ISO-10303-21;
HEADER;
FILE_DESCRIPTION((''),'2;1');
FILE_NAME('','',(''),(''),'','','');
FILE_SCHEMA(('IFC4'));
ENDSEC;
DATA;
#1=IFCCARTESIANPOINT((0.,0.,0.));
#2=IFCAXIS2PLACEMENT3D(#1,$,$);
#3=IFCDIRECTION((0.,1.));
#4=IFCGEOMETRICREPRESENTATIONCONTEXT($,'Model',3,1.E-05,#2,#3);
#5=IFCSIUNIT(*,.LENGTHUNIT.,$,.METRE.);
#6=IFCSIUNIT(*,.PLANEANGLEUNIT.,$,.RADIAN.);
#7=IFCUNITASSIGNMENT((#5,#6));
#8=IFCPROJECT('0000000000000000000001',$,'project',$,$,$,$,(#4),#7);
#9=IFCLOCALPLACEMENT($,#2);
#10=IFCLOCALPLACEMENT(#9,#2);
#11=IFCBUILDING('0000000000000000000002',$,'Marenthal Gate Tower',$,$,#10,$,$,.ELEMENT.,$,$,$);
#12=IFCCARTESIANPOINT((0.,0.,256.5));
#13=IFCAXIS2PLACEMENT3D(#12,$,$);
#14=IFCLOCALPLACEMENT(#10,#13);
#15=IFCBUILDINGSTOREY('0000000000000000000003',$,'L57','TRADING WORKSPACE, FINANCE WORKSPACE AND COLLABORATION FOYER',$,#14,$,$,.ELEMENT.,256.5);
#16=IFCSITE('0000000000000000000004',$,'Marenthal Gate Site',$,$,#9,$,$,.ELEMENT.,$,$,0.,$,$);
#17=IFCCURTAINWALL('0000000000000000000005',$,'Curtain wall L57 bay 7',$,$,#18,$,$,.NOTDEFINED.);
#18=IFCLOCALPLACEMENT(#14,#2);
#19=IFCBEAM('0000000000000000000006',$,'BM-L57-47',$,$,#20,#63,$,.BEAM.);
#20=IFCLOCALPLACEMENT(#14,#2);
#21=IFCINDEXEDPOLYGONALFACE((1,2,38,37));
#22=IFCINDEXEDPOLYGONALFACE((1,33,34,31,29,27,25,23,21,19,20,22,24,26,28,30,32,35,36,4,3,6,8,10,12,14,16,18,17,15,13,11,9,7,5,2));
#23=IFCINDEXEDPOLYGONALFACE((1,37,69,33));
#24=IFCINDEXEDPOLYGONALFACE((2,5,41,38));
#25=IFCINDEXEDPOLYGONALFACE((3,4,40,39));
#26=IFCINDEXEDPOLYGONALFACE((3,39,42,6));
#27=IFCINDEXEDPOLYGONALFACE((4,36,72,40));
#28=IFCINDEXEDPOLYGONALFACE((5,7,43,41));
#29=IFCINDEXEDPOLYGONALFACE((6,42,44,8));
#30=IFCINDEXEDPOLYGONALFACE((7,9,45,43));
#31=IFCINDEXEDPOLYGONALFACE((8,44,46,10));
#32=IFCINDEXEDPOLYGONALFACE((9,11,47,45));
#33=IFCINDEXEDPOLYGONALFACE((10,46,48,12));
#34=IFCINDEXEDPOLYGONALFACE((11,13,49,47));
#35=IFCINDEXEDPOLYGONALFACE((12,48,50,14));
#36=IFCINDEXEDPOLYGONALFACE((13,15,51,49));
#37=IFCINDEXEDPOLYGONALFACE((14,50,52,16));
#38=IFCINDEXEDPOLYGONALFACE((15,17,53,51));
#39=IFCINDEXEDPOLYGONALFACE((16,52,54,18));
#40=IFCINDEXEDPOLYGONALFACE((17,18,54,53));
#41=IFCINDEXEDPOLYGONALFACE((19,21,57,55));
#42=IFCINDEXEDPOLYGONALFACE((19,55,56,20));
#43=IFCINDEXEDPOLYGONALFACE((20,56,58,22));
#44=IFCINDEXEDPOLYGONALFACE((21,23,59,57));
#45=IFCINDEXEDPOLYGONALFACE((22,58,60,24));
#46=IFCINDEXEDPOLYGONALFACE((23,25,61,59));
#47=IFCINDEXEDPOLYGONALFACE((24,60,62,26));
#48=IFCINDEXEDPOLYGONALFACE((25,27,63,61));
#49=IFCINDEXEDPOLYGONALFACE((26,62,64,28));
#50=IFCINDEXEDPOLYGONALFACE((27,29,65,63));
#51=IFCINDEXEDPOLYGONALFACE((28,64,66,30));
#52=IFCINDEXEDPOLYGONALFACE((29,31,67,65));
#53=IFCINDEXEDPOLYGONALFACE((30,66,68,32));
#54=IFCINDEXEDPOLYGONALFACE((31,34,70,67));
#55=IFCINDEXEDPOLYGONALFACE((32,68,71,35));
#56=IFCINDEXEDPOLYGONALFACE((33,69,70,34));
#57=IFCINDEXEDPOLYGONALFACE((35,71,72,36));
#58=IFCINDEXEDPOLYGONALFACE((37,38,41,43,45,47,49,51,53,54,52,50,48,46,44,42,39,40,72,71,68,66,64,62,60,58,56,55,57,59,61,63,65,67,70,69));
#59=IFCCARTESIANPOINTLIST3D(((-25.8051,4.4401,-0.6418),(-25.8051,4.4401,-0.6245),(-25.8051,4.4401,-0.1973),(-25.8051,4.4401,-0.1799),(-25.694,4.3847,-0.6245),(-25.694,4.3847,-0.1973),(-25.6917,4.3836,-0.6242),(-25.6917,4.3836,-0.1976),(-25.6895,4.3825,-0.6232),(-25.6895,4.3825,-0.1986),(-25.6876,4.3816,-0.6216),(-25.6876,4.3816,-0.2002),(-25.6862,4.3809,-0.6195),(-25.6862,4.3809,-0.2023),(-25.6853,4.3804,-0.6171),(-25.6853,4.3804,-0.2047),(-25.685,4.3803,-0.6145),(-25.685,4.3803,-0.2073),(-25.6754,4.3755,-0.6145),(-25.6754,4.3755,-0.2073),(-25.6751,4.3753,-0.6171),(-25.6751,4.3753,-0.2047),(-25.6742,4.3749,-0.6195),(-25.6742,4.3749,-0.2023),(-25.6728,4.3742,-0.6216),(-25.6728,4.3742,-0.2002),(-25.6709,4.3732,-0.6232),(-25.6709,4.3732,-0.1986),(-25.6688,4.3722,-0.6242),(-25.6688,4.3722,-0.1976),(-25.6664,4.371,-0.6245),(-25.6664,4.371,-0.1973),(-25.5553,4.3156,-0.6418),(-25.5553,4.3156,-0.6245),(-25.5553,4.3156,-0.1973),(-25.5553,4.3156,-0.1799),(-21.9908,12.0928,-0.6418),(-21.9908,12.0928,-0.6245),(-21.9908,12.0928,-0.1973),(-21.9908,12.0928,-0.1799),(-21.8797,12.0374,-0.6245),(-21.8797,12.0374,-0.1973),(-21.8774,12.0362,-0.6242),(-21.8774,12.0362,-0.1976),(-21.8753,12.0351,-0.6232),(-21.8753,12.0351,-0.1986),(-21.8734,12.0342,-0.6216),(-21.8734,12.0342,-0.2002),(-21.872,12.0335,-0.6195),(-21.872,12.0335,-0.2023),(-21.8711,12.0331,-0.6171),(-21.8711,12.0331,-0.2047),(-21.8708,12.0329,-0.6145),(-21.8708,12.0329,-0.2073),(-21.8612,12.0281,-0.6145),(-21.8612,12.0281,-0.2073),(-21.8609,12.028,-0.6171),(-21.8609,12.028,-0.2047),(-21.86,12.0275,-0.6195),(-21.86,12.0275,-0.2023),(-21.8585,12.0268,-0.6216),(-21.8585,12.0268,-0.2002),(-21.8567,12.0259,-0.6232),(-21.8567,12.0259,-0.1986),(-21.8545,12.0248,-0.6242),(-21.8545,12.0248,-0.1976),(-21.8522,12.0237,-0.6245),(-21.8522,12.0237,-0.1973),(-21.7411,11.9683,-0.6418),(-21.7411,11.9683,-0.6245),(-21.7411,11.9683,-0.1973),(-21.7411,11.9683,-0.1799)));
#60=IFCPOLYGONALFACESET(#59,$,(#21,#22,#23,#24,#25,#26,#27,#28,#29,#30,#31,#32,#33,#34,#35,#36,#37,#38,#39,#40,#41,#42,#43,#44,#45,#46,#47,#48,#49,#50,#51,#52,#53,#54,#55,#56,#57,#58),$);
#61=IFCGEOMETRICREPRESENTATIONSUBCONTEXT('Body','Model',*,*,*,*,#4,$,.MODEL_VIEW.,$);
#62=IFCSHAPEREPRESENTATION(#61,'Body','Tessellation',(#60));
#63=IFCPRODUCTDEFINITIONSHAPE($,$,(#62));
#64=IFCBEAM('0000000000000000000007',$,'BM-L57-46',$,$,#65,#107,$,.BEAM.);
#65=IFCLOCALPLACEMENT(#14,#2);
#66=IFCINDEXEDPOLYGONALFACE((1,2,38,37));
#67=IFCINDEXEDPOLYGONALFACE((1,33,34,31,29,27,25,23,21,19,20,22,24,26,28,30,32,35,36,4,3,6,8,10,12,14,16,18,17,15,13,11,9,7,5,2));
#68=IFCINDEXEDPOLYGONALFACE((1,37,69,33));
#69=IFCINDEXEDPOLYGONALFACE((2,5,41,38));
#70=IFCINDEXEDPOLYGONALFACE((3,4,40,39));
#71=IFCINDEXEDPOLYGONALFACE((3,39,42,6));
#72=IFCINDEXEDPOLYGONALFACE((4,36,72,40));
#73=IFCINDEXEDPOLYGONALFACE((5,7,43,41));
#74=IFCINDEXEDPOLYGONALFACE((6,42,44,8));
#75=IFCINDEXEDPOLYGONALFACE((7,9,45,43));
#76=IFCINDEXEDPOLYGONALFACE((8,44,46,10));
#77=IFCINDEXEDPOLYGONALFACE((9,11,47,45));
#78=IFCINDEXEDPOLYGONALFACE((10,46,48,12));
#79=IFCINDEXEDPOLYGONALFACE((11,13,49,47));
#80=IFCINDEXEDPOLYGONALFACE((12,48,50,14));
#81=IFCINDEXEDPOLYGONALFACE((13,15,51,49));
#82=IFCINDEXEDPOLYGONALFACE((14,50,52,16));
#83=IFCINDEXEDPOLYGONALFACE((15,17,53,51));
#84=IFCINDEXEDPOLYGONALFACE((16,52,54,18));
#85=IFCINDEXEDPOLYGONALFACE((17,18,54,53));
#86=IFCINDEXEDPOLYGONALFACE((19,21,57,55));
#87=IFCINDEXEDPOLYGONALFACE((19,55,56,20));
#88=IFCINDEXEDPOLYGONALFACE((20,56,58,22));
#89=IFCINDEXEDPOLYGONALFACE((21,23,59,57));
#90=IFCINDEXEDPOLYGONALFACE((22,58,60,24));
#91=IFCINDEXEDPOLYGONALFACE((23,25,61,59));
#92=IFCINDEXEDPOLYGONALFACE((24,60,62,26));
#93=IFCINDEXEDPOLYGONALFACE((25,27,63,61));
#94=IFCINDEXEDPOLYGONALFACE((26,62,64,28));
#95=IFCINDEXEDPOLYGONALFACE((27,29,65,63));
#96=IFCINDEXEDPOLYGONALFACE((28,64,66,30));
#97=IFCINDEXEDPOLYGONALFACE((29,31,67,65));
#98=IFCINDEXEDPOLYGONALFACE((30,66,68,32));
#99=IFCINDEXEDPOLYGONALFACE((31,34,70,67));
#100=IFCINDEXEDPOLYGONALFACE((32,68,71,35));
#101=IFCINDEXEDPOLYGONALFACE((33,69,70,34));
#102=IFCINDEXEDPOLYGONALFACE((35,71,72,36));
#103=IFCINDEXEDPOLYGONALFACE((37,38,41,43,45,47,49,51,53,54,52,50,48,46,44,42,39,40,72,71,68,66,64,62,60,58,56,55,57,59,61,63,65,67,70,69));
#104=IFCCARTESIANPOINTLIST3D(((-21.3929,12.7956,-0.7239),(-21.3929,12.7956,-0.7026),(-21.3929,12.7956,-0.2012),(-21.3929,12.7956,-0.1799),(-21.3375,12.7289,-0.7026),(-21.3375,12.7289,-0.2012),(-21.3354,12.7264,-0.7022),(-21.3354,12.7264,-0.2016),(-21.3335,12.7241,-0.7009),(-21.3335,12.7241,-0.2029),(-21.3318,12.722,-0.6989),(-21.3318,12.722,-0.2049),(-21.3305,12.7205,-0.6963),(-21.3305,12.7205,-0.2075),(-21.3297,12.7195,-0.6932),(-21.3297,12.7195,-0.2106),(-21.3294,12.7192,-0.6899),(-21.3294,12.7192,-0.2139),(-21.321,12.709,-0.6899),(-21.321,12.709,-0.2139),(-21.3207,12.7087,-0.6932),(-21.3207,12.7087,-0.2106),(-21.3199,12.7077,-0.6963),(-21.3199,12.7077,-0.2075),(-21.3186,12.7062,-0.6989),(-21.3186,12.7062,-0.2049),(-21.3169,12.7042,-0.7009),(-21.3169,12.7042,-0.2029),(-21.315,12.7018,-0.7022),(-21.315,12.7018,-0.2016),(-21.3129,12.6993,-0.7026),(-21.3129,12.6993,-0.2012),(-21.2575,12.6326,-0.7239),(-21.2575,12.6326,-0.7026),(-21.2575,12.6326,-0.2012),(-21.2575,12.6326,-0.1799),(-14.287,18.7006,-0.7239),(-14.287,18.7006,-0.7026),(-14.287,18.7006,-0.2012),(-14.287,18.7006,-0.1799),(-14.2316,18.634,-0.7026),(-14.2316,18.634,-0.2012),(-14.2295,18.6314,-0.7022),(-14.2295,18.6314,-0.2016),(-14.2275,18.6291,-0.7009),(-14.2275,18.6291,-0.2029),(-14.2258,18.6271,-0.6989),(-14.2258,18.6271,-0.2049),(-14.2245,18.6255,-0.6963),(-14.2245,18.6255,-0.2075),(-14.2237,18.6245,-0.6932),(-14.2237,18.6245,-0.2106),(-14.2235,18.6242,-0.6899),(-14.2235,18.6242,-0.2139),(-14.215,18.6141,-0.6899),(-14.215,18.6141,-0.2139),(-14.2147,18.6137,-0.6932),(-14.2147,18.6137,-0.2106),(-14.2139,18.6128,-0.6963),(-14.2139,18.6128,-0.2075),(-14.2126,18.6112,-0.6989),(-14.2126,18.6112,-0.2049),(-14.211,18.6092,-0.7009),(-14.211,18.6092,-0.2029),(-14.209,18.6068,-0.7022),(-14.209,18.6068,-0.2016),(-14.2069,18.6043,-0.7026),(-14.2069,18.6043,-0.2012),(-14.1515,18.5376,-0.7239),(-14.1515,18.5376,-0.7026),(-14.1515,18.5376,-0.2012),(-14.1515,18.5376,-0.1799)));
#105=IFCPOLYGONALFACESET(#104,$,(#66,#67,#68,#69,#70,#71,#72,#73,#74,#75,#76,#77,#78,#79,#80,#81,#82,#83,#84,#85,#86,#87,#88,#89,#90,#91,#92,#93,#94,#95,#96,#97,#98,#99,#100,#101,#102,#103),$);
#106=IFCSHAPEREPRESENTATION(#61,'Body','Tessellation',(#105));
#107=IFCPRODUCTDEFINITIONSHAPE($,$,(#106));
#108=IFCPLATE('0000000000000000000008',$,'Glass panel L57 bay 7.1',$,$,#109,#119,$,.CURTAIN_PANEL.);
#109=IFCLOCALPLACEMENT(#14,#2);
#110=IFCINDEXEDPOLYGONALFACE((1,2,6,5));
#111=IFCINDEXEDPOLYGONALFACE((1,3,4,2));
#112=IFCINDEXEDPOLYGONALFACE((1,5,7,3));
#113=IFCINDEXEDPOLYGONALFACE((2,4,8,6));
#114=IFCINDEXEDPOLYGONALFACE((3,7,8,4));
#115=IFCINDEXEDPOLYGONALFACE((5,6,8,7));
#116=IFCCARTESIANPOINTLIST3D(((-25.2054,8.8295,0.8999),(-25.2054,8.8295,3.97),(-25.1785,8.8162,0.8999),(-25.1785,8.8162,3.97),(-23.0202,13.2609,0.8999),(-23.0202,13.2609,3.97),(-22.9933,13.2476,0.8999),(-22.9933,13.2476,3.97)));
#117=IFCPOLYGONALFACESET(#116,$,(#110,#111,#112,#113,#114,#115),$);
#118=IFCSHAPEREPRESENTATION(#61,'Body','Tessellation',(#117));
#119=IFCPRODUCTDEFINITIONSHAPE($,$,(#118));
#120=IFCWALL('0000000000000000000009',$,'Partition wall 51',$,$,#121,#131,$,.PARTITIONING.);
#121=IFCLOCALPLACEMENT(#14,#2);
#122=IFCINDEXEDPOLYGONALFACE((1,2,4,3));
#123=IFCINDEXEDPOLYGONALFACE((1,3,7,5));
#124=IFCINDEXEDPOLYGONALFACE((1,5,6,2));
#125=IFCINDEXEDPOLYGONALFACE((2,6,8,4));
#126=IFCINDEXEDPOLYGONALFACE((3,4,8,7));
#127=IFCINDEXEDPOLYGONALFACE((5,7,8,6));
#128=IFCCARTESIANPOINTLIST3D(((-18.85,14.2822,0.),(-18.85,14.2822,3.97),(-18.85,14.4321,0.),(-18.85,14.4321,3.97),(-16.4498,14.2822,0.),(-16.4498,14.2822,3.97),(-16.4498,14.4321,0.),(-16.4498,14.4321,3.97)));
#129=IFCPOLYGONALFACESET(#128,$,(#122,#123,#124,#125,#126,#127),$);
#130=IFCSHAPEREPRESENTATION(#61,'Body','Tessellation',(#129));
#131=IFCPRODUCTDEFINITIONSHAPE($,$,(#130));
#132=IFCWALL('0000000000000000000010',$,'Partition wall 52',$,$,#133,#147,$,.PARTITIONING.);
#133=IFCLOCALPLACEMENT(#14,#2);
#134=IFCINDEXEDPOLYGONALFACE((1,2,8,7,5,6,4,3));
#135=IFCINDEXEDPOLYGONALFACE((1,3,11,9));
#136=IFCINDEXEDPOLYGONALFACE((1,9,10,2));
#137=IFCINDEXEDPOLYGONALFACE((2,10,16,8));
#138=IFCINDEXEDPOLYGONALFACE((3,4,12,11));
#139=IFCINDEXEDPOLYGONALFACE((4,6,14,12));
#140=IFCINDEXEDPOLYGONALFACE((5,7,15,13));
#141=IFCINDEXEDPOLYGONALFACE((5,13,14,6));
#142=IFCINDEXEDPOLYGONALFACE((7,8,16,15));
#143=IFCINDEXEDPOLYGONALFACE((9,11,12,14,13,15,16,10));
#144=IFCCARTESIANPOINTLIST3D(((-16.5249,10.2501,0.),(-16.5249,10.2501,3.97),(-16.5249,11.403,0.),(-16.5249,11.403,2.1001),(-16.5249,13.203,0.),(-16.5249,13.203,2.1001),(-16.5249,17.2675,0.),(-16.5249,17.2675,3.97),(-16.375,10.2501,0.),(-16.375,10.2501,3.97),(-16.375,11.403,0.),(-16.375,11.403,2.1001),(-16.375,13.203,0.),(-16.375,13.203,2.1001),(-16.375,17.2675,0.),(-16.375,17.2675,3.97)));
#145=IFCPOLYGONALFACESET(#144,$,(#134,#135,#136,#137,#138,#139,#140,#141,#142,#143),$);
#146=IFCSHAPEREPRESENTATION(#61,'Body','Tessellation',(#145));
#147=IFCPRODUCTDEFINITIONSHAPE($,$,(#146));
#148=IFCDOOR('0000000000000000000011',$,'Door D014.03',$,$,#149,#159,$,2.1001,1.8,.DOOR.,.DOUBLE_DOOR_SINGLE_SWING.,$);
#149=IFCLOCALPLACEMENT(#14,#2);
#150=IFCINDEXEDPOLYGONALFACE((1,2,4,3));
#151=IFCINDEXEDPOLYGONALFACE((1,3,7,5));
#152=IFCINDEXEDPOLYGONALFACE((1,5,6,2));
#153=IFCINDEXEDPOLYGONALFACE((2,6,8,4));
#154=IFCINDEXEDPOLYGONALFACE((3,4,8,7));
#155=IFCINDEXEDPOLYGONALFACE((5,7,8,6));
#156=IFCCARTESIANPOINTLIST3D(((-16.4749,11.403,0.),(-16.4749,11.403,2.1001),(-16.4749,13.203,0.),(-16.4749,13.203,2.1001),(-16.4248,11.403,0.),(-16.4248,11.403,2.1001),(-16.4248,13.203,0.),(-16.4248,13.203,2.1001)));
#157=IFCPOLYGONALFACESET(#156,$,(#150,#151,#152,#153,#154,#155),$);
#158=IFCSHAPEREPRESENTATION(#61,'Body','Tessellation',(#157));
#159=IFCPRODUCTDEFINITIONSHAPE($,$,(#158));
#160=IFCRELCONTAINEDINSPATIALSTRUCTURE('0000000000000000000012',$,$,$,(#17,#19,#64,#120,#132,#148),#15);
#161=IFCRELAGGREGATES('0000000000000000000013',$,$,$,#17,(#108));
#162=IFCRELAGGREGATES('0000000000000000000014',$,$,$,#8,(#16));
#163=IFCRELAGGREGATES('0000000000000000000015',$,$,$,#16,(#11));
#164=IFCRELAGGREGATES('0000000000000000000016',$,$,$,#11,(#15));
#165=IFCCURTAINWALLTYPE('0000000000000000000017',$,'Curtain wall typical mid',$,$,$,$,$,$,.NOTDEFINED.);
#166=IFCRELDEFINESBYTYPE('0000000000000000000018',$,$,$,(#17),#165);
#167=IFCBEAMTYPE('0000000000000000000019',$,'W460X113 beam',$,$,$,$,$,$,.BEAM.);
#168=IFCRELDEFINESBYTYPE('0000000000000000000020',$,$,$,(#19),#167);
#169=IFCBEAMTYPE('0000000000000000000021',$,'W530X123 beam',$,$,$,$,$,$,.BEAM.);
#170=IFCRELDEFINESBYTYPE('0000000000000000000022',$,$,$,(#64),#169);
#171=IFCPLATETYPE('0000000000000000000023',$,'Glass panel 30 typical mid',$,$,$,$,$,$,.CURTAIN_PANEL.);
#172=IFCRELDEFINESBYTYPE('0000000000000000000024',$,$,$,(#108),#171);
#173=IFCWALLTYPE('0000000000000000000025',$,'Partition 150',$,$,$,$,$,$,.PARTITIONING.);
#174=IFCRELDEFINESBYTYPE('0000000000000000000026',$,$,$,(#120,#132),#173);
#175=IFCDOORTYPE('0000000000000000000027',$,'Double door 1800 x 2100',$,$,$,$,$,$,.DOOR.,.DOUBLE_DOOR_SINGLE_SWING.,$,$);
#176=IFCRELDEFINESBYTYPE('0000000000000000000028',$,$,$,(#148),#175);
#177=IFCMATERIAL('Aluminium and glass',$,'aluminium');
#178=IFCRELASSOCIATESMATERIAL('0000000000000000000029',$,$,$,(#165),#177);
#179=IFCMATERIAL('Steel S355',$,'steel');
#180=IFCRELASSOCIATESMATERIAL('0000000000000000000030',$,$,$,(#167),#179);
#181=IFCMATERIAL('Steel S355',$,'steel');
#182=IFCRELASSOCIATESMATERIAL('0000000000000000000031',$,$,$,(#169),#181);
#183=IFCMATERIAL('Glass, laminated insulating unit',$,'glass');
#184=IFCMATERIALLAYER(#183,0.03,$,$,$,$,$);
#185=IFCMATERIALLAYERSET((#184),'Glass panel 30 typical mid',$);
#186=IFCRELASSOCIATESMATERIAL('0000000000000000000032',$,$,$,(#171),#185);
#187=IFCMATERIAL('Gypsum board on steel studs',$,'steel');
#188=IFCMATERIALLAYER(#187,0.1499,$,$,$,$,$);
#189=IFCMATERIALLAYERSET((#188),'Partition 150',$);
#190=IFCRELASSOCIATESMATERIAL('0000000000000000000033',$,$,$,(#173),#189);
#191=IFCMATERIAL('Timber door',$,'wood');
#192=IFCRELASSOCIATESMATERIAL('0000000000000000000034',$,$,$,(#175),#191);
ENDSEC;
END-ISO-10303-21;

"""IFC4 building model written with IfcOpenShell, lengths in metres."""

from ifc_helpers import new_model, si_unit, direction, frame, frame_2d, origin, origin_2d, place, context, subcontext, project, spatial, rectangle, i_section, extrude, material, layer, layer_set, material_profile, profile_set, type_object, element, fill, aggregate, save


model = new_model("IFC4")

# Units and contexts
model_context = context("Model", 3, precision=1e-05, world=origin(), true_north=direction((0.0, 1.0)))
body_context = subcontext(model_context, "Body", "Model", "MODEL_VIEW")
ifc_project = project(units=[si_unit("LENGTHUNIT", "METRE"), si_unit("PLANEANGLEUNIT", "RADIAN")], contexts=[model_context])

# Site, building, storey
site_placement = place(None, origin())
site = spatial("IfcSite", under=ifc_project, at=site_placement, Name="Marenthal Gate Site", CompositionType="ELEMENT", RefElevation=0.0)
building_placement = place(site_placement, origin())
building = spatial("IfcBuilding", under=site, at=building_placement, Name="Marenthal Gate Tower", CompositionType="ELEMENT")
storey_placement = place(building_placement, frame((0.0, 0.0, 256.5)))
storey = spatial("IfcBuildingStorey", under=building, at=storey_placement, Name="L57", Description="TRADING WORKSPACE, FINANCE WORKSPACE AND COLLABORATION FOYER", CompositionType="ELEMENT", Elevation=256.5)

# Shared definitions
ifc_material_1 = material(Name="Aluminium and glass", Category="aluminium")
curtain_wall_type = type_object("IfcCurtainWallType", Name="Curtain wall typical mid", PredefinedType="NOTDEFINED", material=ifc_material_1)

# Curtain wall
curtain_wall_1_placement = place(storey_placement, origin())
curtain_wall_1 = element("IfcCurtainWall", 1, at=curtain_wall_1_placement, inside=storey, type_object=curtain_wall_type, Name="Curtain wall L57 bay 7", PredefinedType="NOTDEFINED")

# Beams
ifc_material_2 = material(Name="Steel S355", Category="steel")
ifc_material_profile_1 = material_profile(ifc_material_2, i_section(OverallWidth=0.2791, OverallDepth=0.4619, WebThickness=0.0107, FlangeThickness=0.0173, FilletRadius=0.01, at=origin_2d()), Name="W460X113")
ifc_profile_set_1 = profile_set([ifc_material_profile_1], Name="Steel S355")
beam_type_1 = type_object("IfcBeamType", Name="W460X113 beam", PredefinedType="BEAM", material=ifc_profile_set_1)
beam_1_placement = place(storey_placement, frame((-21.866, 12.0305, -0.4109), z_axis=(-0.446083, -0.894992, 0.0), x_axis=(0.894992, -0.446083, 0.0)))
element("IfcBeam", 2, at=beam_1_placement, inside=storey, type_object=beam_type_1, Name="BM-L57-47", PredefinedType="BEAM", context=body_context, shape_type="SweptSolid", body=[
    extrude(i_section(OverallWidth=0.2791, OverallDepth=0.4619, WebThickness=0.0107, FlangeThickness=0.0173, FilletRadius=0.01, at=origin_2d()), origin(), (0.0, 0.0, 1.0), 8.5505),
])
ifc_material_3 = material(Name="Steel S355", Category="steel")
ifc_material_profile_2 = material_profile(ifc_material_3, i_section(OverallWidth=0.2119, OverallDepth=0.5439, WebThickness=0.0132, FlangeThickness=0.0212, FilletRadius=0.0127, at=origin_2d()), Name="W530X123")
ifc_profile_set_2 = profile_set([ifc_material_profile_2], Name="Steel S355")
beam_type_2 = type_object("IfcBeamType", Name="W530X123 beam", PredefinedType="BEAM", material=ifc_profile_set_2)
beam_2_placement = place(storey_placement, frame((-14.2192, 18.6191, -0.4519), z_axis=(-0.769104, -0.639123, 0.0), x_axis=(0.639123, -0.769104, 0.0)))
element("IfcBeam", 3, at=beam_2_placement, inside=storey, type_object=beam_type_2, Name="BM-L57-46", PredefinedType="BEAM", context=body_context, shape_type="SweptSolid", body=[
    extrude(i_section(OverallWidth=0.2119, OverallDepth=0.5439, WebThickness=0.0132, FlangeThickness=0.0212, FilletRadius=0.0127, at=origin_2d()), origin(), (0.0, 0.0, 1.0), 9.2393),
])

# Plate
ifc_material_4 = material(Name="Glass, laminated insulating unit", Category="glass")
ifc_layer_1 = layer(ifc_material_4, 0.03)
ifc_layer_set_1 = layer_set([ifc_layer_1], Name="Glass panel 30 typical mid")
plate_type = type_object("IfcPlateType", Name="Glass panel 30 typical mid", PredefinedType="CURTAIN_PANEL", material=ifc_layer_set_1)
plate_placement = place(storey_placement, frame((-24.0994, 11.0386, 0.8999), z_axis=(0.0, 0.0, 1.0), x_axis=(-0.442269, -0.896882, 0.0)))
plate = element("IfcPlate", 4, at=plate_placement, type_object=plate_type, Name="Glass panel L57 bay 7.1", PredefinedType="CURTAIN_PANEL", context=body_context, shape_type="SweptSolid", body=[
    extrude(rectangle(XDim=4.9409, YDim=0.03, at=origin_2d()), origin(), (0.0, 0.0, 1.0), 3.0701),
])
aggregate(curtain_wall_1, [plate])

# Wall
ifc_material_5 = material(Name="Gypsum board on steel studs", Category="steel")
ifc_layer_2 = layer(ifc_material_5, 0.1499)
ifc_layer_set_2 = layer_set([ifc_layer_2], Name="Partition 150")
wall_type_1 = type_object("IfcWallType", Name="Partition 150", PredefinedType="PARTITIONING", material=ifc_layer_set_2)
wall_1_placement = place(storey_placement, frame((-18.8501, 14.3572, 0.0), z_axis=(0.0, 0.0, 1.0), x_axis=(1.0, 0.0, 0.0)))
element("IfcWall", 5, at=wall_1_placement, inside=storey, type_object=wall_type_1, Name="Partition wall 51", PredefinedType="PARTITIONING", context=body_context, shape_type="SweptSolid", body=[
    extrude(rectangle(XDim=2.4001, YDim=0.1499, at=frame_2d((1.2002, 0.0))), origin(), (0.0, 0.0, 1.0), 3.97),
])

# Wall, opening, door
wall_2_placement = place(storey_placement, frame((-16.45, 10.25, 0.0), z_axis=(0.0, 0.0, 1.0), x_axis=(0.0, 1.0, 0.0)))
wall_2 = element("IfcWall", 6, at=wall_2_placement, inside=storey, type_object=wall_type_1, Name="Partition wall 52", PredefinedType="PARTITIONING", context=body_context, shape_type="SweptSolid", body=[
    extrude(rectangle(XDim=7.0173, YDim=0.1499, at=frame_2d((3.5088, 0.0))), origin(), (0.0, 0.0, 1.0), 3.97),
])
opening_1_placement = place(wall_2_placement, frame((1.1531, 0.0, 0.0)))
opening_1 = element("IfcOpeningElement", 7, at=opening_1_placement, cuts=wall_2, PredefinedType="OPENING", context=body_context, shape_type="SweptSolid", body=[
    extrude(rectangle(XDim=1.8, YDim=2.1001, at=frame_2d((0.8999, 1.05))), frame((0.0, 0.085, 0.0), z_axis=(0.0, -1.0, 0.0), x_axis=(1.0, 0.0, 0.0)), (0.0, 0.0, 1.0), 0.1699),
])
ifc_material_6 = material(Name="Timber door", Category="wood")
door_type_1 = type_object("IfcDoorType", Name="Double door 1800 x 2100", OperationType="DOUBLE_DOOR_SINGLE_SWING", PredefinedType="DOOR", material=ifc_material_6)
door_1_placement = place(opening_1_placement, origin())
door_1 = element("IfcDoor", 8, at=door_1_placement, inside=storey, type_object=door_type_1, Name="Door D014.03", OperationType="DOUBLE_DOOR_SINGLE_SWING", OverallHeight=2.1001, OverallWidth=1.8, PredefinedType="DOOR", context=body_context, shape_type="SweptSolid", body=[
    extrude(rectangle(XDim=1.8, YDim=2.1001, at=frame_2d((0.8999, 1.05))), frame((0.0, 0.0249, 0.0), z_axis=(0.0, -1.0, 0.0), x_axis=(1.0, 0.0, 0.0)), (0.0, 0.0, 1.0), 0.05),
])
fill(opening_1, door_1)

save(model, "model.ifc")
